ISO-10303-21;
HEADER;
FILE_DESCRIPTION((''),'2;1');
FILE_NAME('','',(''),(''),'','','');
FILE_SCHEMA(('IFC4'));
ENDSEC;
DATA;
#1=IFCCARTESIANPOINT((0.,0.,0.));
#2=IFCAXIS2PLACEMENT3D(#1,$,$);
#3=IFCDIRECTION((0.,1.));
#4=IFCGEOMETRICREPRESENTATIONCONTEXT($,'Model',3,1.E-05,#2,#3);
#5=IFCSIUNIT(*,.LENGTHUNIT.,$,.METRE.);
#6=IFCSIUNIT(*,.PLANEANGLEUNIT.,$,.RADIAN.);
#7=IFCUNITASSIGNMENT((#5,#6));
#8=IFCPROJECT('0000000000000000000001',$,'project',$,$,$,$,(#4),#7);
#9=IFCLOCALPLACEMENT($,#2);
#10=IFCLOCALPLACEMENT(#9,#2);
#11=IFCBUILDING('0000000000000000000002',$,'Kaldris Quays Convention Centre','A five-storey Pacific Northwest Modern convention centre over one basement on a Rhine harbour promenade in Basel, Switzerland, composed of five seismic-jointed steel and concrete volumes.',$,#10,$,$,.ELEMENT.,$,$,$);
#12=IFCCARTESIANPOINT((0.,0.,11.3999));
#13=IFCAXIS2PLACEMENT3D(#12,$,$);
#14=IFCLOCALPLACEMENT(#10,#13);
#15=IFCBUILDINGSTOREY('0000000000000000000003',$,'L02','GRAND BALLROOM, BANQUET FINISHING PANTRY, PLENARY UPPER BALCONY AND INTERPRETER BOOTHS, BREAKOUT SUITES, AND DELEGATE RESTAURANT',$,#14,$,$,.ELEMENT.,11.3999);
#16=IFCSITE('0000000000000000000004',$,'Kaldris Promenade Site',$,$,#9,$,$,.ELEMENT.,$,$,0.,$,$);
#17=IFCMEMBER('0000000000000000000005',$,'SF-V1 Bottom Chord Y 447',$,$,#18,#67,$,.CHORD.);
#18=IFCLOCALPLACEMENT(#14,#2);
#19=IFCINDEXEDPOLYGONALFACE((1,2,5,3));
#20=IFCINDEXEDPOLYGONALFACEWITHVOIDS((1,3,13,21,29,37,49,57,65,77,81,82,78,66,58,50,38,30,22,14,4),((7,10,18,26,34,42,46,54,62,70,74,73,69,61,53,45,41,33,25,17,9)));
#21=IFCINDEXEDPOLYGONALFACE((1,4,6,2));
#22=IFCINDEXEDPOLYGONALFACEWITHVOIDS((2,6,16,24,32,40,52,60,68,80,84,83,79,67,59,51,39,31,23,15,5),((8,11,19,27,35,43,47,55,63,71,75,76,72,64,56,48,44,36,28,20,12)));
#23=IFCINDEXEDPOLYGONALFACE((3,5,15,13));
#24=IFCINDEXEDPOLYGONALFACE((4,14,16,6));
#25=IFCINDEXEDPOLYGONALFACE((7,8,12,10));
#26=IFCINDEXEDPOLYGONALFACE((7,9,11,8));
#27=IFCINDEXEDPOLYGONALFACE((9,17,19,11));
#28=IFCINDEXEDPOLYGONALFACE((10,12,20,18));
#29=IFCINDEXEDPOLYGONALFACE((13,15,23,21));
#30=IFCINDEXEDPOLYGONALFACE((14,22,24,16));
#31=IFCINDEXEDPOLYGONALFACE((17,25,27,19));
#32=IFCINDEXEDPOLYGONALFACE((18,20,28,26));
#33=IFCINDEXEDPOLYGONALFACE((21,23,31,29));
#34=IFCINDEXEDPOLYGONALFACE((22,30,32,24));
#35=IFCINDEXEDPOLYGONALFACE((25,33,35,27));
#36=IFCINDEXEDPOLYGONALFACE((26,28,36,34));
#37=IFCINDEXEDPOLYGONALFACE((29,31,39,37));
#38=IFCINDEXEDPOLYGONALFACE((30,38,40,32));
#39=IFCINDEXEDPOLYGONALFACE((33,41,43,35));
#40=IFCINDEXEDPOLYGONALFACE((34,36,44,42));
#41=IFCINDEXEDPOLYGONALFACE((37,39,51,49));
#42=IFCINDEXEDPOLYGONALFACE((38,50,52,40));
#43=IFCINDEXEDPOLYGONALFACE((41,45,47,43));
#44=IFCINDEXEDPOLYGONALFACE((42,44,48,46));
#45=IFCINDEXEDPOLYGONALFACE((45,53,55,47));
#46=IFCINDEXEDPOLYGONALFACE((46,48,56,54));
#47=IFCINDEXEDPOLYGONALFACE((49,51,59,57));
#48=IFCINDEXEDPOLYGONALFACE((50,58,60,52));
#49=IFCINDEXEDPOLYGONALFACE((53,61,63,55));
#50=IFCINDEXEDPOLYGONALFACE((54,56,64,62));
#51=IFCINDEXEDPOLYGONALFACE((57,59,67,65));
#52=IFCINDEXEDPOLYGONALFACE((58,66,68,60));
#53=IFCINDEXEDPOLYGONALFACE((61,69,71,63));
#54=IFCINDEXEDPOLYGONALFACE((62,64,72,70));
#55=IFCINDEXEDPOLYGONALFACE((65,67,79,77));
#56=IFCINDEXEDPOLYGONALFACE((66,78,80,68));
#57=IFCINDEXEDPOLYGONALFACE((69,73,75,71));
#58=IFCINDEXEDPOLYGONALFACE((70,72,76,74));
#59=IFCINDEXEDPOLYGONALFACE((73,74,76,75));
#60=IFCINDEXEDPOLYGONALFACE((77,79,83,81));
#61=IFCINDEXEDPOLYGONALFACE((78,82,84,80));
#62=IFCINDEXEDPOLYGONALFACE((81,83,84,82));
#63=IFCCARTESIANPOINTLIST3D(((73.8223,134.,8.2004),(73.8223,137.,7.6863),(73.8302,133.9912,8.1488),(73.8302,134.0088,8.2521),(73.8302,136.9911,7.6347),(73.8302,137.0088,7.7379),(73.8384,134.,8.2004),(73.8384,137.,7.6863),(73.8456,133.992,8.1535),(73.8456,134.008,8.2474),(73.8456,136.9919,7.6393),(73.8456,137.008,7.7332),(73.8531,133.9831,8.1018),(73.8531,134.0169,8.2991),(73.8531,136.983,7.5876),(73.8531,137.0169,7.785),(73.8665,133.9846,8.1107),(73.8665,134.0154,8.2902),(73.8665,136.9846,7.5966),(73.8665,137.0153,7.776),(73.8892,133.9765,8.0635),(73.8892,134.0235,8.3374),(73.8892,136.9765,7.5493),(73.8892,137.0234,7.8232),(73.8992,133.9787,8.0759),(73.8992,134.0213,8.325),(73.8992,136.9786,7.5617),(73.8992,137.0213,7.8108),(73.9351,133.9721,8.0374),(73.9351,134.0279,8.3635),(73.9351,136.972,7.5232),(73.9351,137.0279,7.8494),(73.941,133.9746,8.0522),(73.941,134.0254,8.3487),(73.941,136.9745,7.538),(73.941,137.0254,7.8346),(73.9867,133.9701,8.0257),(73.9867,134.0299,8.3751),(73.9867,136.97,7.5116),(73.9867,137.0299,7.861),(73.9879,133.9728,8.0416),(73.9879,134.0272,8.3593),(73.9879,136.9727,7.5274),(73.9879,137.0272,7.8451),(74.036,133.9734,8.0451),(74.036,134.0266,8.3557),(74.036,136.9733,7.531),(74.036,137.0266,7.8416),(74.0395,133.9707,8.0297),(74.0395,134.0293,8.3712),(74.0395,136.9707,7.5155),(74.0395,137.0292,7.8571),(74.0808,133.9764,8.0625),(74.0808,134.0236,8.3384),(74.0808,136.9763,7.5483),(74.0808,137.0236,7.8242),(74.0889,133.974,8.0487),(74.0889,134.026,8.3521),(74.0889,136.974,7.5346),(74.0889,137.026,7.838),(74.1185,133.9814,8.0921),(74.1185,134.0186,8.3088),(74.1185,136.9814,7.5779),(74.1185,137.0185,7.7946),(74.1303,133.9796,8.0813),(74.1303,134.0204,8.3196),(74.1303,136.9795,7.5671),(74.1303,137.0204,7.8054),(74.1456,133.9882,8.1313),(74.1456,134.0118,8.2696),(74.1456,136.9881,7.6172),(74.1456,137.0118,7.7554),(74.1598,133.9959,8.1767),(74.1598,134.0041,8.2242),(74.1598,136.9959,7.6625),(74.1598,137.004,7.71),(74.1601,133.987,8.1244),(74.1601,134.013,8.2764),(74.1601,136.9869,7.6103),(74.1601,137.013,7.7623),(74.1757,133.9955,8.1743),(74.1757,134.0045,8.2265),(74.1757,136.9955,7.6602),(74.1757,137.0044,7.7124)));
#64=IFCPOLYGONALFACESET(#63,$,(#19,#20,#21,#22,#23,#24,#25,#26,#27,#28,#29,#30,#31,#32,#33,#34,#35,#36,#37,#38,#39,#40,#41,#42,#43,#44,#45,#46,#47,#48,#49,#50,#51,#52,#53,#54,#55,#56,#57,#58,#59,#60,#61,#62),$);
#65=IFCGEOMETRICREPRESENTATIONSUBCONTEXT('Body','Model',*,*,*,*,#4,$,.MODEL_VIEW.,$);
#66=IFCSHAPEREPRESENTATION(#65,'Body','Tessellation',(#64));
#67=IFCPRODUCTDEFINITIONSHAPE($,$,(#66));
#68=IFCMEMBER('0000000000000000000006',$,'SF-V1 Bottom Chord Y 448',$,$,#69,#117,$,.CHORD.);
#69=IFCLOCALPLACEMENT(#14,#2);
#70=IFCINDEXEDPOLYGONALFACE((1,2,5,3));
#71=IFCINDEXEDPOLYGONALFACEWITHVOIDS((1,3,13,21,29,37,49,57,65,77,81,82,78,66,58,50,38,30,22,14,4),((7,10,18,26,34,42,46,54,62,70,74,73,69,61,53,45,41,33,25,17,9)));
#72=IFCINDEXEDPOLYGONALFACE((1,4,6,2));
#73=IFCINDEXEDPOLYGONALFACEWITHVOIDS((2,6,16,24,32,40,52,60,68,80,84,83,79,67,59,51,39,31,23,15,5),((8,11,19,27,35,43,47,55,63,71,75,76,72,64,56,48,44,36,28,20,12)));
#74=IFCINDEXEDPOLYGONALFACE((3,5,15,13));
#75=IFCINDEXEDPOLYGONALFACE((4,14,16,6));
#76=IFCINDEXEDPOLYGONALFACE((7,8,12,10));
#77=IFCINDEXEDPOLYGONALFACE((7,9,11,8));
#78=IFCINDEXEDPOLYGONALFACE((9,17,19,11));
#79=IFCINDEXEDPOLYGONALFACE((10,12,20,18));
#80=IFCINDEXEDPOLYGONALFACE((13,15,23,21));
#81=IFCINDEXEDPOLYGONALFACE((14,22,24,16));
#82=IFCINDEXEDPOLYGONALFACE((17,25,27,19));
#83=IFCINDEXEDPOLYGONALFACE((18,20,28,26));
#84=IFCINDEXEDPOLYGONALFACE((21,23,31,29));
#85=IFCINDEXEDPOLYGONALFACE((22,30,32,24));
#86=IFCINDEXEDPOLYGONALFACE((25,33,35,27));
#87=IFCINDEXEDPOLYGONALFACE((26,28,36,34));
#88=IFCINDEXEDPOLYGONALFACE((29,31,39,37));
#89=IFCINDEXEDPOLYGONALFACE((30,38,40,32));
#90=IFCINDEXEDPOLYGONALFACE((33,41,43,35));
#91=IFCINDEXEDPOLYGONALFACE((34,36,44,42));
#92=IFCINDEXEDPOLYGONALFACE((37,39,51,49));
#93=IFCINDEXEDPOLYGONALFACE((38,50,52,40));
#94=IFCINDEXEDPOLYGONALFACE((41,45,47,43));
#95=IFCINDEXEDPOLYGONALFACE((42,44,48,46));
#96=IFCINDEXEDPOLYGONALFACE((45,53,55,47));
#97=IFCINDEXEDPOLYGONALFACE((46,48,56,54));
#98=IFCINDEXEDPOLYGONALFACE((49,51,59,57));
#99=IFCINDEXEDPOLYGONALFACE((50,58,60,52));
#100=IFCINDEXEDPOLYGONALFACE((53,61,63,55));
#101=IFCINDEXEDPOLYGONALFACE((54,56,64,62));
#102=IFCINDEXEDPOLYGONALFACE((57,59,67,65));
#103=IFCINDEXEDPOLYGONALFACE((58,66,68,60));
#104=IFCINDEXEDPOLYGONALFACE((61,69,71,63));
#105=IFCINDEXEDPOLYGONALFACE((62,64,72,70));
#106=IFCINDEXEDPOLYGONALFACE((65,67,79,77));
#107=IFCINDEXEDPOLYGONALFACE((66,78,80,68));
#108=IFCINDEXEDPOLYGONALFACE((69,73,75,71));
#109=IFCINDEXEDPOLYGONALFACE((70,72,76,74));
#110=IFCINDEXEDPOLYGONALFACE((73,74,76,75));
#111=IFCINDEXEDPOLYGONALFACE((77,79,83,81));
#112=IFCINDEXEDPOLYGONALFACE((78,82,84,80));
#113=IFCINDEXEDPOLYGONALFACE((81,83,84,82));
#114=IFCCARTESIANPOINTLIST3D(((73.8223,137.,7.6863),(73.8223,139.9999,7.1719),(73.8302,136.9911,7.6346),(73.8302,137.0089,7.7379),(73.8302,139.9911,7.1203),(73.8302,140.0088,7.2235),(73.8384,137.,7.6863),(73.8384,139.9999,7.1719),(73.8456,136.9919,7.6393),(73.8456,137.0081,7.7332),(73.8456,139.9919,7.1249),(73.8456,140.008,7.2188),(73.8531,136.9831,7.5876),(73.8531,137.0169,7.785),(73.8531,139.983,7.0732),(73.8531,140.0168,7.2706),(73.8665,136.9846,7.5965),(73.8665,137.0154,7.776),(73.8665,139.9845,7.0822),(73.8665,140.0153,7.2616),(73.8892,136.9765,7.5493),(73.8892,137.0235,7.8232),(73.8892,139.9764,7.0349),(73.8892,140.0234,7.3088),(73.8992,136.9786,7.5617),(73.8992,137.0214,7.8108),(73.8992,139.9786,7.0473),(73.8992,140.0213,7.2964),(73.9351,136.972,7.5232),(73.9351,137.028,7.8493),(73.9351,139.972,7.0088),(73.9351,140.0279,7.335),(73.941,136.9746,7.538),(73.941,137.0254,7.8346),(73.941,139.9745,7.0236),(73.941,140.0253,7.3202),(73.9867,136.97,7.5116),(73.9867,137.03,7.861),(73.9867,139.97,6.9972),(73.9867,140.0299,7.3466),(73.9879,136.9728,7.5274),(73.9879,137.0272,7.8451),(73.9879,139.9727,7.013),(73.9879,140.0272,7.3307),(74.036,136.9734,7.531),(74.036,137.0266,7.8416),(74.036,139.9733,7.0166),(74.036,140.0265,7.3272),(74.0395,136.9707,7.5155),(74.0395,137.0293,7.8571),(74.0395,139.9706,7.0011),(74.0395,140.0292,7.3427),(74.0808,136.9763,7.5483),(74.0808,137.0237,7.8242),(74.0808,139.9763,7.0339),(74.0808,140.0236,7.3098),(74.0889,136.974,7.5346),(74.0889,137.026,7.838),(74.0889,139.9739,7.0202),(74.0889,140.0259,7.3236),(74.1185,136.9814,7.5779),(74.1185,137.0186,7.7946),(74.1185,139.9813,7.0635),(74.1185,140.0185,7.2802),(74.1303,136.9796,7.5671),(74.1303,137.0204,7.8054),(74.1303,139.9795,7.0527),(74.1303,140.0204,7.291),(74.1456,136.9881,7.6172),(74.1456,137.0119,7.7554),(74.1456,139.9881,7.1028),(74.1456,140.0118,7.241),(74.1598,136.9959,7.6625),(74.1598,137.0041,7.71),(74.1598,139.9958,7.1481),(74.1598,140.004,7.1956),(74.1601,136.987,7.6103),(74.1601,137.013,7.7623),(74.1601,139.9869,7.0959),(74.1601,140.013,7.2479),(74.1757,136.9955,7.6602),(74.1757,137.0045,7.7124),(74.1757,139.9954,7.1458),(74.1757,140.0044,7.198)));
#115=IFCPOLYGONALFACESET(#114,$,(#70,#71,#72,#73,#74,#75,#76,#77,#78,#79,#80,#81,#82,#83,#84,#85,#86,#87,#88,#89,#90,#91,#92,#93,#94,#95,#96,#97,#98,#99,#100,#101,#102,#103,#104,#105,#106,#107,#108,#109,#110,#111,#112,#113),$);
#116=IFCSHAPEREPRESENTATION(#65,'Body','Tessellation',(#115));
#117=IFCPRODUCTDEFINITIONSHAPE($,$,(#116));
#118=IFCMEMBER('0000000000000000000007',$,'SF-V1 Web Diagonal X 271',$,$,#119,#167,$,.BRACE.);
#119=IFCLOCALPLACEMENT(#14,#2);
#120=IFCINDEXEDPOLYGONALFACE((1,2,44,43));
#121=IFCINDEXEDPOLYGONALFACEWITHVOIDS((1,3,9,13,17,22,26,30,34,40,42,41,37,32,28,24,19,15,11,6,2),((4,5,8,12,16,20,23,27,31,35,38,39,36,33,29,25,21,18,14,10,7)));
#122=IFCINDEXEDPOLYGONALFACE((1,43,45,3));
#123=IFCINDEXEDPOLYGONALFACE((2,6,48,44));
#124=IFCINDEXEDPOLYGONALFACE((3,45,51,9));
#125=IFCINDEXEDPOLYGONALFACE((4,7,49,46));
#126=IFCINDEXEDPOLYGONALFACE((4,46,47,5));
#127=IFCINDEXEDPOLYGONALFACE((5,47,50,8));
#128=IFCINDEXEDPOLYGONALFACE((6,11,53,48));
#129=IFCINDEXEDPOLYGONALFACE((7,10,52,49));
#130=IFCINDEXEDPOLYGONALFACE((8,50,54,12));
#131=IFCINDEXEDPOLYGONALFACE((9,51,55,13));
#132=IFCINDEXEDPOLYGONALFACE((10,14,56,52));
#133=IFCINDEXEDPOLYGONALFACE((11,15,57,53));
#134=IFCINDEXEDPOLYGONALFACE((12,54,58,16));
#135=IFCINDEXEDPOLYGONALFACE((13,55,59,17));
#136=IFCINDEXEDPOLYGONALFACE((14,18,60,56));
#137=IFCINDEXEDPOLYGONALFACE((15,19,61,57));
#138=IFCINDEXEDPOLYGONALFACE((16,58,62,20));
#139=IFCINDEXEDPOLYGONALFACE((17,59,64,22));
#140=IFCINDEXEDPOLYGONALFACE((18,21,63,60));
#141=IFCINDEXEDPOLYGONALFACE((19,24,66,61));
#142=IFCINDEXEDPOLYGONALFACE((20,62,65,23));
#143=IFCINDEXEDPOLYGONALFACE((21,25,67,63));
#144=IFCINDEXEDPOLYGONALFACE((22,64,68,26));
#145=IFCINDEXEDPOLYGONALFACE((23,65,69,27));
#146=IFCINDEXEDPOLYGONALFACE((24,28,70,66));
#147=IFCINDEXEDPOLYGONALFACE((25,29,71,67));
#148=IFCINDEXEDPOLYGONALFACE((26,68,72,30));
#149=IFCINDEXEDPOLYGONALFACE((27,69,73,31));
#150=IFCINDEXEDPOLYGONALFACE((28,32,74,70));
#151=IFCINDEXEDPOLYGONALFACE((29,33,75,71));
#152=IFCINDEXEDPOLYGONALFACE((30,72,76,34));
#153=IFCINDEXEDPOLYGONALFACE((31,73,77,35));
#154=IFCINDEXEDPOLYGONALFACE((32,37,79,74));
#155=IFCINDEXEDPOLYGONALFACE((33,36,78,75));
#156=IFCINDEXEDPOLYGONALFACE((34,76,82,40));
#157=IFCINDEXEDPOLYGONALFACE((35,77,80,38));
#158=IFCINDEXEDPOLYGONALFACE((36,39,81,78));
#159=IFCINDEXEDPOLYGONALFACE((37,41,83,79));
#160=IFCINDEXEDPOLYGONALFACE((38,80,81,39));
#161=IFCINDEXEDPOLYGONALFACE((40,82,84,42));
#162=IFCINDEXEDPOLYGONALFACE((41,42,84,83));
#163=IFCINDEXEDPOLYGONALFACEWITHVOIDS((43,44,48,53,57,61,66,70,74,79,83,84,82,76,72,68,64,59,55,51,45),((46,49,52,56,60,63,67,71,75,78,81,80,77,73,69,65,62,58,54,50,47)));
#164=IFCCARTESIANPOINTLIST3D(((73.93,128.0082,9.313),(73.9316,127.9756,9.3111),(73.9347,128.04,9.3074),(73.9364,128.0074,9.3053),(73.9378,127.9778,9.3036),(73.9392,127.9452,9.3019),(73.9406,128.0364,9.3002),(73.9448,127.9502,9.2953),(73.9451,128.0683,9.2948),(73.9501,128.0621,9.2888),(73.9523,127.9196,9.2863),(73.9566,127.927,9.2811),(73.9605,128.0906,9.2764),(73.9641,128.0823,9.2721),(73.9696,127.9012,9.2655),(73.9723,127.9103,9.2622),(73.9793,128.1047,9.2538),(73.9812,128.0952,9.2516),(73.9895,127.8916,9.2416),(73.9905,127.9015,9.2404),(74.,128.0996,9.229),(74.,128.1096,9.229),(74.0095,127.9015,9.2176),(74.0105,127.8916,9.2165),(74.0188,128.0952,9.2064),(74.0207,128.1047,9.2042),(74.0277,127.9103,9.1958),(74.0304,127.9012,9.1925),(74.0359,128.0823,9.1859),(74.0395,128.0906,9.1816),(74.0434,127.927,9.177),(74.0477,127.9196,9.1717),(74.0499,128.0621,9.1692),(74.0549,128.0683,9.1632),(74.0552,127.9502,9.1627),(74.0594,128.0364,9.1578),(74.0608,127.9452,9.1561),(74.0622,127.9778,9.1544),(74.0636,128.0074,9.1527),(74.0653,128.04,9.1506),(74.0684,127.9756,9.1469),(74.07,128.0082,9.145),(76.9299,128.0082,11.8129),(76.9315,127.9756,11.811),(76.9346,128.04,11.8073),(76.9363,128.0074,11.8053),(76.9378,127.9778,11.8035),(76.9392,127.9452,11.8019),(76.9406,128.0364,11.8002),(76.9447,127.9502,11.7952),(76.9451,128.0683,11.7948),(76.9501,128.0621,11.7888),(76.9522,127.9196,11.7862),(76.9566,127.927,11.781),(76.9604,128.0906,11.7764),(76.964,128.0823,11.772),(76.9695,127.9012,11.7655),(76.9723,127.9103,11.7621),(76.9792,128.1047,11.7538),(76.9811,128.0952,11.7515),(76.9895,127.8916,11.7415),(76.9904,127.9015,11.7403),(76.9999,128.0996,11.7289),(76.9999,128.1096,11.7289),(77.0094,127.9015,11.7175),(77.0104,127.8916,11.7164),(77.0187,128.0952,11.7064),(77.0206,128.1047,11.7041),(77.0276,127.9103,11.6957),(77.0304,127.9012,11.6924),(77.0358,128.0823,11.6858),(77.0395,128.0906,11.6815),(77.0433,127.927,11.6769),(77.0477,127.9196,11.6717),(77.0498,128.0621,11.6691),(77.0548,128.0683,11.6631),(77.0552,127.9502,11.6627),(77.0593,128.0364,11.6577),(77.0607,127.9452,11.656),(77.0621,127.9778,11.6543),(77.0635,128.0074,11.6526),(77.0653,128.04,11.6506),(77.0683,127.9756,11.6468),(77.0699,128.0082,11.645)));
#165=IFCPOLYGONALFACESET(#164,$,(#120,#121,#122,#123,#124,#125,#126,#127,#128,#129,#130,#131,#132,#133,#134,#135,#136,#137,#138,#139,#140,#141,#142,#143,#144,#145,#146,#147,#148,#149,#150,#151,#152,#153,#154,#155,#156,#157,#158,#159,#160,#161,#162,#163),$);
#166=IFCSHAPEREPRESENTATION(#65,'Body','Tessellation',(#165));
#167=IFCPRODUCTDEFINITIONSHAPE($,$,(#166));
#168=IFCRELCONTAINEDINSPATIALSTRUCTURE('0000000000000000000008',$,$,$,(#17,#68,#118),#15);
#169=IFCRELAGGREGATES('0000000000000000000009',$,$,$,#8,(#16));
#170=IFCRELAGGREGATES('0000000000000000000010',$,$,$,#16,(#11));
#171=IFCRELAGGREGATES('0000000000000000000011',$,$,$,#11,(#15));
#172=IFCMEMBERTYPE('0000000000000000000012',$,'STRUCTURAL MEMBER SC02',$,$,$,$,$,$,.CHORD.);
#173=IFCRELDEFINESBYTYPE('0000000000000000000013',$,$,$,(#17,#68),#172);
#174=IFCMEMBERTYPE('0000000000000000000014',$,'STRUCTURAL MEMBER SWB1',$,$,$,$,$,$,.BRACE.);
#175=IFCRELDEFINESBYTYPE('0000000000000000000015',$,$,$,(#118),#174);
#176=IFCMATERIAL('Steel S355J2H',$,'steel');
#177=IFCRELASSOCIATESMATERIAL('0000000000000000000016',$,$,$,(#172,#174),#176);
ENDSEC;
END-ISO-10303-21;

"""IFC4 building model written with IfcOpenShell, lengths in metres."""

from ifc_helpers import new_model, si_unit, direction, frame, origin, origin_2d, place, context, subcontext, project, spatial, hollow_circle, extrude, material, material_profile, profile_set, type_object, element, save


model = new_model("IFC4")

# Units and contexts
model_context = context("Model", 3, precision=1e-05, world=origin(), true_north=direction((0.0, 1.0)))
body_context = subcontext(model_context, "Body", "Model", "MODEL_VIEW")
ifc_project = project(units=[si_unit("LENGTHUNIT", "METRE"), si_unit("PLANEANGLEUNIT", "RADIAN")], contexts=[model_context])

# Site, building, storey
site_placement = place(None, origin())
site = spatial("IfcSite", under=ifc_project, at=site_placement, Name="Kaldris Promenade Site", CompositionType="ELEMENT", RefElevation=0.0)
building_placement = place(site_placement, origin())
building = spatial("IfcBuilding", under=site, at=building_placement, Name="Kaldris Quays Convention Centre", Description="A five-storey Pacific Northwest Modern convention centre over one basement on a Rhine harbour promenade in Basel, Switzerland, composed of five seismic-jointed steel and concrete volumes.", CompositionType="ELEMENT")
storey_placement = place(building_placement, frame((0.0, 0.0, 11.3999)))
storey = spatial("IfcBuildingStorey", under=building, at=storey_placement, Name="L02", Description="GRAND BALLROOM, BANQUET FINISHING PANTRY, PLENARY UPPER BALCONY AND INTERPRETER BOOTHS, BREAKOUT SUITES, AND DELEGATE RESTAURANT", CompositionType="ELEMENT", Elevation=11.3999)

# Members
ifc_material_1 = material(Name="Steel S355J2H", Category="steel")
ifc_material_profile_1 = material_profile(ifc_material_1, hollow_circle(Radius=0.1777, WallThickness=0.0161, at=origin_2d()), Name="CHS 355.6x16")
ifc_profile_set_1 = profile_set([ifc_material_profile_1], Name="Steel S355J2H")
member_type_1 = type_object("IfcMemberType", Name="STRUCTURAL MEMBER SC02", PredefinedType="CHORD", material=ifc_profile_set_1)
for number, where, z_axis, x_axis, name in (
    (1, (74.0, 134.0, 8.2004), (0.0, 0.985629, -0.168924), (-1.0, 0.0, 0.0), "SF-V1 Bottom Chord Y 447"),
    (2, (74.0, 137.0, 7.6863), (0.0, 0.985616, -0.169002), (-1.0, 0.0, 0.0), "SF-V1 Bottom Chord Y 448"),
):
    element("IfcMember", number, at=place(storey_placement, frame(where, z_axis=z_axis, x_axis=x_axis)), inside=storey, type_object=member_type_1, Name=name, PredefinedType="CHORD", context=body_context, shape_type="SweptSolid", body=[
        extrude(hollow_circle(Radius=0.1777, WallThickness=0.0161, at=origin_2d()), origin(), (0.0, 0.0, 1.0), 3.0437),
    ])
ifc_material_profile_2 = material_profile(ifc_material_1, hollow_circle(Radius=0.1096, WallThickness=0.01, at=origin_2d()), Name="CHS 219.1x10")
ifc_profile_set_2 = profile_set([ifc_material_profile_2], Name="Steel S355J2H")
member_type_2 = type_object("IfcMemberType", Name="STRUCTURAL MEMBER SWB1", PredefinedType="BRACE", material=ifc_profile_set_2)
for number, where, z_axis, x_axis, name in (
    (3, (74.0, 128.0, 9.229), (0.768221, 0.0, 0.640184), (0.0, 1.0, 0.0), "SF-V1 Web Diagonal X 271"),
):
    element("IfcMember", number, at=place(storey_placement, frame(where, z_axis=z_axis, x_axis=x_axis)), inside=storey, type_object=member_type_2, Name=name, PredefinedType="BRACE", context=body_context, shape_type="SweptSolid", body=[
        extrude(hollow_circle(Radius=0.1096, WallThickness=0.01, at=origin_2d()), origin(), (0.0, 0.0, 1.0), 3.905),
    ])

save(model, "model.ifc")
